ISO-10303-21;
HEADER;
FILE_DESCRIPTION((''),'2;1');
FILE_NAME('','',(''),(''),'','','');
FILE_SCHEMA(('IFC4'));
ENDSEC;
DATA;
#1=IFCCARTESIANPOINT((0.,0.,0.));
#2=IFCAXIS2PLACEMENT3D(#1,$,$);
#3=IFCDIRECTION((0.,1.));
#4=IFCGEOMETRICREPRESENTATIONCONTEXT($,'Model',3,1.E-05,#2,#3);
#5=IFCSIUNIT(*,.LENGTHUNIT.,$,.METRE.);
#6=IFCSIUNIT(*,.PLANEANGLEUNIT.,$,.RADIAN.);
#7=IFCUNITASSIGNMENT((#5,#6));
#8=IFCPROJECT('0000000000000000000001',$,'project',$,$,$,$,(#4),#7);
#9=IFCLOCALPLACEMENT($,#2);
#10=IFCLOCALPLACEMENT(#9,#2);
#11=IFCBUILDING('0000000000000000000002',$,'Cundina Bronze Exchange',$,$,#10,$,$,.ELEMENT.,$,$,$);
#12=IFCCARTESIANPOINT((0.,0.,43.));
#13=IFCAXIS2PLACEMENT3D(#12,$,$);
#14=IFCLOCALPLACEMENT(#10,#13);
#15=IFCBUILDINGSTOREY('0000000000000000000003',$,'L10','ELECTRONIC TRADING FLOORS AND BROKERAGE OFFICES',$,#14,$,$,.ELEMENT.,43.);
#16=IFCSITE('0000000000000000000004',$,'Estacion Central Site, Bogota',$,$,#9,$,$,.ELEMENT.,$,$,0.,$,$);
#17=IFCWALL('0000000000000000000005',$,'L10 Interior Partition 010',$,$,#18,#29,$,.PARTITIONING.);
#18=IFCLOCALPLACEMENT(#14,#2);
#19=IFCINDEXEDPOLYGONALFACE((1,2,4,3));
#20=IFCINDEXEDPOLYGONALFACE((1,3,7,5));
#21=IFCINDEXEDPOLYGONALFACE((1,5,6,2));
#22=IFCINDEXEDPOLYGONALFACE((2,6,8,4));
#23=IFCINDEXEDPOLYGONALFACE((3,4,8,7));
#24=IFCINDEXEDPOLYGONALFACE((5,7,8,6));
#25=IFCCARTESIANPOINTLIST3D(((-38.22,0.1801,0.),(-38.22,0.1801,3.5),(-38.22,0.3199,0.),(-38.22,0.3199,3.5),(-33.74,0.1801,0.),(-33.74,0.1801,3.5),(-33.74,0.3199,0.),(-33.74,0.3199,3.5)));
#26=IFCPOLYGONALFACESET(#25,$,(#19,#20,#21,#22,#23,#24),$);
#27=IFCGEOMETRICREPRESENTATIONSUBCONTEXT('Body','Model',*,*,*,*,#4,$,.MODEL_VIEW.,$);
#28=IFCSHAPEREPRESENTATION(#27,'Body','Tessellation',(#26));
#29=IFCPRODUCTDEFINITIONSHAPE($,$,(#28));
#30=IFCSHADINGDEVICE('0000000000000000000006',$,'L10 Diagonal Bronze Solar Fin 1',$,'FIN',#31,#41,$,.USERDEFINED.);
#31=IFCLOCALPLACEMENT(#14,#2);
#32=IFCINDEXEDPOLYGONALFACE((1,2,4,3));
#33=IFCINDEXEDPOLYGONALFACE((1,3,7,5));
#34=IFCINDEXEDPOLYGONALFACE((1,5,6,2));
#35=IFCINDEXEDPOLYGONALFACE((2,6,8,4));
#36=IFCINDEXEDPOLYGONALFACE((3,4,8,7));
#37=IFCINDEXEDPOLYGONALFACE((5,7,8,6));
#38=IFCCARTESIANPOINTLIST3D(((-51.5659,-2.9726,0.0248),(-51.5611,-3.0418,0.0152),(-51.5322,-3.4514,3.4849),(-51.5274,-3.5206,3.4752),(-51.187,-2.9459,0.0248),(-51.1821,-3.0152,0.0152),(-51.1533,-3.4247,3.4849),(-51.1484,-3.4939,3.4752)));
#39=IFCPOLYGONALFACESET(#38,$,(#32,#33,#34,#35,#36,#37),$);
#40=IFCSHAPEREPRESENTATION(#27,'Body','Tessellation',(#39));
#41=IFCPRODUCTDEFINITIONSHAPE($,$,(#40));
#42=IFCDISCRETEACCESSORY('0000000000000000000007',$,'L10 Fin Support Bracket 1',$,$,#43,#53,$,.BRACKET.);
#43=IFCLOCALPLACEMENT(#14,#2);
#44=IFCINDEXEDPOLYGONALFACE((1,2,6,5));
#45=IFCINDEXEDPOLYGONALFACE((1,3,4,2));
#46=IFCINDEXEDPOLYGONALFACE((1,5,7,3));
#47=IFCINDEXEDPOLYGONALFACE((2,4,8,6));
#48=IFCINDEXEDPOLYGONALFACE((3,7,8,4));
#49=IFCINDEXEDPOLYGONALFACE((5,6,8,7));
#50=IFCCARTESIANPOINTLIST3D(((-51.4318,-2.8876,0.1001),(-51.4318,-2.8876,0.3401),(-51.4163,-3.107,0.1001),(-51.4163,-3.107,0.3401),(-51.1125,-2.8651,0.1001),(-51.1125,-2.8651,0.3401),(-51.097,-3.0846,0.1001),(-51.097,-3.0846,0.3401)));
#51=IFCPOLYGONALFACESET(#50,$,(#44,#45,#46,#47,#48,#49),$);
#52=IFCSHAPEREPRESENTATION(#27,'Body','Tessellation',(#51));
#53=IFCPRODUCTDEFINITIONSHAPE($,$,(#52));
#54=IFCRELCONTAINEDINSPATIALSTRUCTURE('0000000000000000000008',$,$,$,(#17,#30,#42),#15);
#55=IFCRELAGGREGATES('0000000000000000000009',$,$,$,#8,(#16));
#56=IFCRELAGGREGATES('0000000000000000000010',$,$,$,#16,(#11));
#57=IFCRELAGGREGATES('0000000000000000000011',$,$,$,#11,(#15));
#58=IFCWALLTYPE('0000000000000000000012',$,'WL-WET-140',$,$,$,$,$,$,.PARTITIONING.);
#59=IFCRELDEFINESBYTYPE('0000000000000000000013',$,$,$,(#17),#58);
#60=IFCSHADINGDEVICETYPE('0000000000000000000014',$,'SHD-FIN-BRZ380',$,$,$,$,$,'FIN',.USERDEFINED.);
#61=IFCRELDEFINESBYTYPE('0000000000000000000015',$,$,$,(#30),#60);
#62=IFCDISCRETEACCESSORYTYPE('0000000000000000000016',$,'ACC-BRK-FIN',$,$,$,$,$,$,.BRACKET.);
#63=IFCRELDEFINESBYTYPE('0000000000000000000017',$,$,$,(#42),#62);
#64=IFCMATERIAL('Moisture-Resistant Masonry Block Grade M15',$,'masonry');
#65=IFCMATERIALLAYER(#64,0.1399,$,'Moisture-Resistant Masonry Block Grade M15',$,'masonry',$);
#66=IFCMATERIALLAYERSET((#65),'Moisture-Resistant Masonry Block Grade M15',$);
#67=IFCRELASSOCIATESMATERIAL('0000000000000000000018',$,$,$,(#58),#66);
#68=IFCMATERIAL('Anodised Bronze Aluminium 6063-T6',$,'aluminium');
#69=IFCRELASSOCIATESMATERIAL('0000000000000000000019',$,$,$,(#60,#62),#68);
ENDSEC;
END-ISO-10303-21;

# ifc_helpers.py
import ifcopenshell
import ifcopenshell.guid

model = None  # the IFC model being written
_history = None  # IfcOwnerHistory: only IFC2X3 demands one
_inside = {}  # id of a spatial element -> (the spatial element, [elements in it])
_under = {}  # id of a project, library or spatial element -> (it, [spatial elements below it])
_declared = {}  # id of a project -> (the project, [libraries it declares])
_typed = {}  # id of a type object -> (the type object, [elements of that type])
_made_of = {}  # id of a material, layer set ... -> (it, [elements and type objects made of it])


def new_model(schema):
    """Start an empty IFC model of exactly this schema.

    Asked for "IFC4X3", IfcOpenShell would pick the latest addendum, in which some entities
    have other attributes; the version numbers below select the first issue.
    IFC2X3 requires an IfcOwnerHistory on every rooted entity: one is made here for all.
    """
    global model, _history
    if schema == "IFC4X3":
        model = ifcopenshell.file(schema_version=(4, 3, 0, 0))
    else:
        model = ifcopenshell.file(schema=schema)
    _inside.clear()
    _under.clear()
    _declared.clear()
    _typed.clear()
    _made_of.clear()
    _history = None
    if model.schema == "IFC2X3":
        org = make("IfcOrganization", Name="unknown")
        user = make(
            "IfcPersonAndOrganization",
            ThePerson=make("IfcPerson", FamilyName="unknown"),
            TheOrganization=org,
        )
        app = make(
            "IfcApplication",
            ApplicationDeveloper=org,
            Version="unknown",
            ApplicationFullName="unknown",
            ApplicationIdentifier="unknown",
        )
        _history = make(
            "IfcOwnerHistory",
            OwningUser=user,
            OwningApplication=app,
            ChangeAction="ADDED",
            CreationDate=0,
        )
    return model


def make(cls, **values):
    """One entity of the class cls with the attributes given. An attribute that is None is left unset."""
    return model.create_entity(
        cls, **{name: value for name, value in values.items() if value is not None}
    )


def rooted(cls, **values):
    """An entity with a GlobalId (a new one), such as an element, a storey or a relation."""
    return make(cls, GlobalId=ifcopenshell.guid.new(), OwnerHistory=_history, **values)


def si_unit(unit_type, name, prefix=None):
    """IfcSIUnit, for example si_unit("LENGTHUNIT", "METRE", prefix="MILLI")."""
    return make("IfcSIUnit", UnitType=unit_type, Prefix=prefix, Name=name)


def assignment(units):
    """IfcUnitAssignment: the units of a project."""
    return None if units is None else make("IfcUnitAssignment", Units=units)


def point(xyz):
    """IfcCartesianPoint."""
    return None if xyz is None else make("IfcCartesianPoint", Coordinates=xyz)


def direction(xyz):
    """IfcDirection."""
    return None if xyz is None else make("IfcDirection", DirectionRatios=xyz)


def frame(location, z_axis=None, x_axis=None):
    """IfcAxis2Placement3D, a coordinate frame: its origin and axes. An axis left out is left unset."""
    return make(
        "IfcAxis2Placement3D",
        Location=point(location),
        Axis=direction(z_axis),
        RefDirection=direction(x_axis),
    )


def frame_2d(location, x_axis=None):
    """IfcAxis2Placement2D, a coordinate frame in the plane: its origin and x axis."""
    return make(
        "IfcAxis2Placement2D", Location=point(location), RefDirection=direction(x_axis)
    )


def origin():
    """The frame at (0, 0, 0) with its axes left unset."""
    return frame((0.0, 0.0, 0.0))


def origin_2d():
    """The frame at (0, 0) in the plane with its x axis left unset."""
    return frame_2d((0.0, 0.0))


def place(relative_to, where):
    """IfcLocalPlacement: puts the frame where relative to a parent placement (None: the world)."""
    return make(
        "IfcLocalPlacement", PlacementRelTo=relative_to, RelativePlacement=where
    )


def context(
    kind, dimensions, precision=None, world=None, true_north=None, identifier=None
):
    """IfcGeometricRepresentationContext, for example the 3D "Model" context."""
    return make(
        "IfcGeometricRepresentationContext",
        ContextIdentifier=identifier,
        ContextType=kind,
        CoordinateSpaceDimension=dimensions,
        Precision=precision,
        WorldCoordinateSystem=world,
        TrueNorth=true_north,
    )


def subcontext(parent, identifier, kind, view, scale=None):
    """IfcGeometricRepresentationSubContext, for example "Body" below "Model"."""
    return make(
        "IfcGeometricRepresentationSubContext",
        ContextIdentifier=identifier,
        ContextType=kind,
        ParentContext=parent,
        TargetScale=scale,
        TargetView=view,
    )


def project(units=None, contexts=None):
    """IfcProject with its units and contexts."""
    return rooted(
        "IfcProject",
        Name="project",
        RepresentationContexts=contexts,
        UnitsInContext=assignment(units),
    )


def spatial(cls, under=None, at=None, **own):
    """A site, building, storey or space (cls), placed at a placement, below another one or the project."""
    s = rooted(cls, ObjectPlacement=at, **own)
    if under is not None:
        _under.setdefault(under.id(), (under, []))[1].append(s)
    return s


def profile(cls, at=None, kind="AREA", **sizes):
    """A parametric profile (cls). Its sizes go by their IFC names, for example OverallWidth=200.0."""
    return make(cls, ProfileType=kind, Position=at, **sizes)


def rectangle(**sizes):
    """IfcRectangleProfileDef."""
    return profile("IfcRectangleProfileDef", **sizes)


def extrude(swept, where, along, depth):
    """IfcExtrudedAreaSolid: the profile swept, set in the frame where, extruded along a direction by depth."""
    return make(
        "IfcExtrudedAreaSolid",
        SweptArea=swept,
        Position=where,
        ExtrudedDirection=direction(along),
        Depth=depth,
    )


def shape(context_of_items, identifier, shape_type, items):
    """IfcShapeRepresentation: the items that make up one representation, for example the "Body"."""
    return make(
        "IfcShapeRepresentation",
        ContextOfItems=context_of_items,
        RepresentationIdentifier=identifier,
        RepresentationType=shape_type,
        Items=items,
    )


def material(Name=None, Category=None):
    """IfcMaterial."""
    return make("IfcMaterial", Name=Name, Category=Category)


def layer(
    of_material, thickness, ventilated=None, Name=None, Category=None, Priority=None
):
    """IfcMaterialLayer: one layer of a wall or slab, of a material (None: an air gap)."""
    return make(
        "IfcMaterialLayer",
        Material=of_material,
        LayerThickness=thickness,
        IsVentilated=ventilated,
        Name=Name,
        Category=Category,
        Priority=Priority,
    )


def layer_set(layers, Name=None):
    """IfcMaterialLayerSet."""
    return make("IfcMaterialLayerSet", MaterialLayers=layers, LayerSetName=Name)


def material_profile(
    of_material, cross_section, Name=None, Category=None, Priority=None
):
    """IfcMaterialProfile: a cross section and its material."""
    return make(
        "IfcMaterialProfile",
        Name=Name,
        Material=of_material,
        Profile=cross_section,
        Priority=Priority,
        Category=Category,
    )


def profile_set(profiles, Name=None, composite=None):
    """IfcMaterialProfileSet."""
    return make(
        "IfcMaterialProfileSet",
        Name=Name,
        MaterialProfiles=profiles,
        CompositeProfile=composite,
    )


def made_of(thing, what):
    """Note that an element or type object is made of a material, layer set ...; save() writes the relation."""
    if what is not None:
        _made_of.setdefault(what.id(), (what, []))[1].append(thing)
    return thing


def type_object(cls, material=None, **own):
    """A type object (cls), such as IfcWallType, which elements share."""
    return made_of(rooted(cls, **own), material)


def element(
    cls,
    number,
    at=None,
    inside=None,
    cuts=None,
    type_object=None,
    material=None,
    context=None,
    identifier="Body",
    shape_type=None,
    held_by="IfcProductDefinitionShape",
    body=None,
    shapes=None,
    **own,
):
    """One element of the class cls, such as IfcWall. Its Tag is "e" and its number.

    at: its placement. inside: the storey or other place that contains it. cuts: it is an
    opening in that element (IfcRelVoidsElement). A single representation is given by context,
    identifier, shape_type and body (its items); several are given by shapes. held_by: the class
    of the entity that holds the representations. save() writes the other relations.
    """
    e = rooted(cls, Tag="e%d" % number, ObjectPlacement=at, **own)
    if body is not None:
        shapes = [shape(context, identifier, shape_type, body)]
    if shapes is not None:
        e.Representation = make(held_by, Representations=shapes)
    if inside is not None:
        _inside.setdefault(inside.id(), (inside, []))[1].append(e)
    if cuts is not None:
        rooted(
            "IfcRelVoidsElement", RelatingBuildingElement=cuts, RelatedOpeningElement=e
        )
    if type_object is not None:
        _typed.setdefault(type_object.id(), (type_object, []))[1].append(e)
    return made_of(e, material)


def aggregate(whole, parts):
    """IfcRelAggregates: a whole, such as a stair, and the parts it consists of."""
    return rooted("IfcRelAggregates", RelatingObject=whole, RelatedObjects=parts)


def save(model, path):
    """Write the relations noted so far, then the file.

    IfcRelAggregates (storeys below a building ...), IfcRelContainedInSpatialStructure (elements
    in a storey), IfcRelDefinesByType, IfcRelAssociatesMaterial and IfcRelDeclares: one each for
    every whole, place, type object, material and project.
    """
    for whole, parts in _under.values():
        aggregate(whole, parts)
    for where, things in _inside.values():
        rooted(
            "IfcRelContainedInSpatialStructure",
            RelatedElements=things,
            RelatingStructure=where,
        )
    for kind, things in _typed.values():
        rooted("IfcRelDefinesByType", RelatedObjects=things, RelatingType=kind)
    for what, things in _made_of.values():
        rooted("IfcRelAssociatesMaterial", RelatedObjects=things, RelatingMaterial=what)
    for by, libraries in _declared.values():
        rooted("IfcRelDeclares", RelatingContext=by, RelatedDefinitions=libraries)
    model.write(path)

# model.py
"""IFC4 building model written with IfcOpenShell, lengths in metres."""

from ifc_helpers import new_model, si_unit, direction, frame, frame_2d, origin, origin_2d, place, context, subcontext, project, spatial, rectangle, extrude, material, layer, layer_set, material_profile, profile_set, type_object, element, save


model = new_model("IFC4")

# Units and contexts
model_context = context("Model", 3, precision=1e-05, world=origin(), true_north=direction((0.0, 1.0)))
body_context = subcontext(model_context, "Body", "Model", "MODEL_VIEW")
ifc_project = project(units=[si_unit("LENGTHUNIT", "METRE"), si_unit("PLANEANGLEUNIT", "RADIAN")], contexts=[model_context])

# Site, building, storey
site_placement = place(None, origin())
site = spatial("IfcSite", under=ifc_project, at=site_placement, Name="Estacion Central Site, Bogota", CompositionType="ELEMENT", RefElevation=0.0)
building_placement = place(site_placement, origin())
building = spatial("IfcBuilding", under=site, at=building_placement, Name="Cundina Bronze Exchange", CompositionType="ELEMENT")
storey_placement = place(building_placement, frame((0.0, 0.0, 43.0)))
storey = spatial("IfcBuildingStorey", under=building, at=storey_placement, Name="L10", Description="ELECTRONIC TRADING FLOORS AND BROKERAGE OFFICES", CompositionType="ELEMENT", Elevation=43.0)

# Shared definitions
ifc_material_1 = material(Name="Anodised Bronze Aluminium 6063-T6", Category="aluminium")

# Wall
ifc_material_2 = material(Name="Moisture-Resistant Masonry Block Grade M15", Category="masonry")
ifc_layer_1 = layer(ifc_material_2, 0.1399, Name="Moisture-Resistant Masonry Block Grade M15", Category="masonry")
ifc_layer_set_1 = layer_set([ifc_layer_1], Name="Moisture-Resistant Masonry Block Grade M15")
wall_type_1 = type_object("IfcWallType", Name="WL-WET-140", PredefinedType="PARTITIONING", material=ifc_layer_set_1)
wall_1_placement = place(storey_placement, frame((-38.22, 0.25, 0.0), z_axis=(0.0, 0.0, 1.0), x_axis=(1.0, 0.0, 0.0)))
element("IfcWall", 1, at=wall_1_placement, inside=storey, type_object=wall_type_1, Name="L10 Interior Partition 010", PredefinedType="PARTITIONING", context=body_context, shape_type="SweptSolid", body=[
    extrude(rectangle(XDim=4.48, YDim=0.1399, at=frame_2d((2.24, 0.0))), origin(), (0.0, 0.0, 1.0), 3.5),
])

# Shading device
ifc_material_profile_1 = material_profile(ifc_material_1, rectangle(XDim=0.0701, YDim=0.3799, at=origin_2d()), Name="FIN70X380", Category="aluminium")
ifc_profile_set_1 = profile_set([ifc_material_profile_1], Name="Anodised Bronze Aluminium 6063-T6")
shading_device_type = type_object("IfcShadingDeviceType", Name="SHD-FIN-BRZ380", ElementType="FIN", PredefinedType="USERDEFINED", material=ifc_profile_set_1)
shading_device_placement = place(storey_placement, frame((-51.374, -2.9939, 0.02), z_axis=(0.009645, -0.137059, 0.990516), x_axis=(-0.069533, 0.988072, 0.137398)))
element("IfcShadingDevice", 2, at=shading_device_placement, inside=storey, type_object=shading_device_type, Name="L10 Diagonal Bronze Solar Fin 1", ObjectType="FIN", PredefinedType="USERDEFINED", context=body_context, shape_type="SweptSolid", body=[
    extrude(rectangle(XDim=0.0701, YDim=0.3799, at=origin_2d()), origin(), (0.0, 0.0, 1.0), 3.4932),
])

# Discrete accessory
discrete_accessory_type = type_object("IfcDiscreteAccessoryType", Name="ACC-BRK-FIN", PredefinedType="BRACKET", material=ifc_material_1)
discrete_accessory_placement = place(storey_placement, frame((-51.2644, -2.9861, 0.1001), z_axis=(0.0, 0.0, 1.0), x_axis=(0.070279, -0.997527, 0.0)))
element("IfcDiscreteAccessory", 3, at=discrete_accessory_placement, inside=storey, type_object=discrete_accessory_type, Name="L10 Fin Support Bracket 1", PredefinedType="BRACKET", context=body_context, shape_type="SweptSolid", body=[
    extrude(rectangle(XDim=0.22, YDim=0.3201, at=origin_2d()), origin(), (0.0, 0.0, 1.0), 0.24),
])

save(model, "model.ifc")
